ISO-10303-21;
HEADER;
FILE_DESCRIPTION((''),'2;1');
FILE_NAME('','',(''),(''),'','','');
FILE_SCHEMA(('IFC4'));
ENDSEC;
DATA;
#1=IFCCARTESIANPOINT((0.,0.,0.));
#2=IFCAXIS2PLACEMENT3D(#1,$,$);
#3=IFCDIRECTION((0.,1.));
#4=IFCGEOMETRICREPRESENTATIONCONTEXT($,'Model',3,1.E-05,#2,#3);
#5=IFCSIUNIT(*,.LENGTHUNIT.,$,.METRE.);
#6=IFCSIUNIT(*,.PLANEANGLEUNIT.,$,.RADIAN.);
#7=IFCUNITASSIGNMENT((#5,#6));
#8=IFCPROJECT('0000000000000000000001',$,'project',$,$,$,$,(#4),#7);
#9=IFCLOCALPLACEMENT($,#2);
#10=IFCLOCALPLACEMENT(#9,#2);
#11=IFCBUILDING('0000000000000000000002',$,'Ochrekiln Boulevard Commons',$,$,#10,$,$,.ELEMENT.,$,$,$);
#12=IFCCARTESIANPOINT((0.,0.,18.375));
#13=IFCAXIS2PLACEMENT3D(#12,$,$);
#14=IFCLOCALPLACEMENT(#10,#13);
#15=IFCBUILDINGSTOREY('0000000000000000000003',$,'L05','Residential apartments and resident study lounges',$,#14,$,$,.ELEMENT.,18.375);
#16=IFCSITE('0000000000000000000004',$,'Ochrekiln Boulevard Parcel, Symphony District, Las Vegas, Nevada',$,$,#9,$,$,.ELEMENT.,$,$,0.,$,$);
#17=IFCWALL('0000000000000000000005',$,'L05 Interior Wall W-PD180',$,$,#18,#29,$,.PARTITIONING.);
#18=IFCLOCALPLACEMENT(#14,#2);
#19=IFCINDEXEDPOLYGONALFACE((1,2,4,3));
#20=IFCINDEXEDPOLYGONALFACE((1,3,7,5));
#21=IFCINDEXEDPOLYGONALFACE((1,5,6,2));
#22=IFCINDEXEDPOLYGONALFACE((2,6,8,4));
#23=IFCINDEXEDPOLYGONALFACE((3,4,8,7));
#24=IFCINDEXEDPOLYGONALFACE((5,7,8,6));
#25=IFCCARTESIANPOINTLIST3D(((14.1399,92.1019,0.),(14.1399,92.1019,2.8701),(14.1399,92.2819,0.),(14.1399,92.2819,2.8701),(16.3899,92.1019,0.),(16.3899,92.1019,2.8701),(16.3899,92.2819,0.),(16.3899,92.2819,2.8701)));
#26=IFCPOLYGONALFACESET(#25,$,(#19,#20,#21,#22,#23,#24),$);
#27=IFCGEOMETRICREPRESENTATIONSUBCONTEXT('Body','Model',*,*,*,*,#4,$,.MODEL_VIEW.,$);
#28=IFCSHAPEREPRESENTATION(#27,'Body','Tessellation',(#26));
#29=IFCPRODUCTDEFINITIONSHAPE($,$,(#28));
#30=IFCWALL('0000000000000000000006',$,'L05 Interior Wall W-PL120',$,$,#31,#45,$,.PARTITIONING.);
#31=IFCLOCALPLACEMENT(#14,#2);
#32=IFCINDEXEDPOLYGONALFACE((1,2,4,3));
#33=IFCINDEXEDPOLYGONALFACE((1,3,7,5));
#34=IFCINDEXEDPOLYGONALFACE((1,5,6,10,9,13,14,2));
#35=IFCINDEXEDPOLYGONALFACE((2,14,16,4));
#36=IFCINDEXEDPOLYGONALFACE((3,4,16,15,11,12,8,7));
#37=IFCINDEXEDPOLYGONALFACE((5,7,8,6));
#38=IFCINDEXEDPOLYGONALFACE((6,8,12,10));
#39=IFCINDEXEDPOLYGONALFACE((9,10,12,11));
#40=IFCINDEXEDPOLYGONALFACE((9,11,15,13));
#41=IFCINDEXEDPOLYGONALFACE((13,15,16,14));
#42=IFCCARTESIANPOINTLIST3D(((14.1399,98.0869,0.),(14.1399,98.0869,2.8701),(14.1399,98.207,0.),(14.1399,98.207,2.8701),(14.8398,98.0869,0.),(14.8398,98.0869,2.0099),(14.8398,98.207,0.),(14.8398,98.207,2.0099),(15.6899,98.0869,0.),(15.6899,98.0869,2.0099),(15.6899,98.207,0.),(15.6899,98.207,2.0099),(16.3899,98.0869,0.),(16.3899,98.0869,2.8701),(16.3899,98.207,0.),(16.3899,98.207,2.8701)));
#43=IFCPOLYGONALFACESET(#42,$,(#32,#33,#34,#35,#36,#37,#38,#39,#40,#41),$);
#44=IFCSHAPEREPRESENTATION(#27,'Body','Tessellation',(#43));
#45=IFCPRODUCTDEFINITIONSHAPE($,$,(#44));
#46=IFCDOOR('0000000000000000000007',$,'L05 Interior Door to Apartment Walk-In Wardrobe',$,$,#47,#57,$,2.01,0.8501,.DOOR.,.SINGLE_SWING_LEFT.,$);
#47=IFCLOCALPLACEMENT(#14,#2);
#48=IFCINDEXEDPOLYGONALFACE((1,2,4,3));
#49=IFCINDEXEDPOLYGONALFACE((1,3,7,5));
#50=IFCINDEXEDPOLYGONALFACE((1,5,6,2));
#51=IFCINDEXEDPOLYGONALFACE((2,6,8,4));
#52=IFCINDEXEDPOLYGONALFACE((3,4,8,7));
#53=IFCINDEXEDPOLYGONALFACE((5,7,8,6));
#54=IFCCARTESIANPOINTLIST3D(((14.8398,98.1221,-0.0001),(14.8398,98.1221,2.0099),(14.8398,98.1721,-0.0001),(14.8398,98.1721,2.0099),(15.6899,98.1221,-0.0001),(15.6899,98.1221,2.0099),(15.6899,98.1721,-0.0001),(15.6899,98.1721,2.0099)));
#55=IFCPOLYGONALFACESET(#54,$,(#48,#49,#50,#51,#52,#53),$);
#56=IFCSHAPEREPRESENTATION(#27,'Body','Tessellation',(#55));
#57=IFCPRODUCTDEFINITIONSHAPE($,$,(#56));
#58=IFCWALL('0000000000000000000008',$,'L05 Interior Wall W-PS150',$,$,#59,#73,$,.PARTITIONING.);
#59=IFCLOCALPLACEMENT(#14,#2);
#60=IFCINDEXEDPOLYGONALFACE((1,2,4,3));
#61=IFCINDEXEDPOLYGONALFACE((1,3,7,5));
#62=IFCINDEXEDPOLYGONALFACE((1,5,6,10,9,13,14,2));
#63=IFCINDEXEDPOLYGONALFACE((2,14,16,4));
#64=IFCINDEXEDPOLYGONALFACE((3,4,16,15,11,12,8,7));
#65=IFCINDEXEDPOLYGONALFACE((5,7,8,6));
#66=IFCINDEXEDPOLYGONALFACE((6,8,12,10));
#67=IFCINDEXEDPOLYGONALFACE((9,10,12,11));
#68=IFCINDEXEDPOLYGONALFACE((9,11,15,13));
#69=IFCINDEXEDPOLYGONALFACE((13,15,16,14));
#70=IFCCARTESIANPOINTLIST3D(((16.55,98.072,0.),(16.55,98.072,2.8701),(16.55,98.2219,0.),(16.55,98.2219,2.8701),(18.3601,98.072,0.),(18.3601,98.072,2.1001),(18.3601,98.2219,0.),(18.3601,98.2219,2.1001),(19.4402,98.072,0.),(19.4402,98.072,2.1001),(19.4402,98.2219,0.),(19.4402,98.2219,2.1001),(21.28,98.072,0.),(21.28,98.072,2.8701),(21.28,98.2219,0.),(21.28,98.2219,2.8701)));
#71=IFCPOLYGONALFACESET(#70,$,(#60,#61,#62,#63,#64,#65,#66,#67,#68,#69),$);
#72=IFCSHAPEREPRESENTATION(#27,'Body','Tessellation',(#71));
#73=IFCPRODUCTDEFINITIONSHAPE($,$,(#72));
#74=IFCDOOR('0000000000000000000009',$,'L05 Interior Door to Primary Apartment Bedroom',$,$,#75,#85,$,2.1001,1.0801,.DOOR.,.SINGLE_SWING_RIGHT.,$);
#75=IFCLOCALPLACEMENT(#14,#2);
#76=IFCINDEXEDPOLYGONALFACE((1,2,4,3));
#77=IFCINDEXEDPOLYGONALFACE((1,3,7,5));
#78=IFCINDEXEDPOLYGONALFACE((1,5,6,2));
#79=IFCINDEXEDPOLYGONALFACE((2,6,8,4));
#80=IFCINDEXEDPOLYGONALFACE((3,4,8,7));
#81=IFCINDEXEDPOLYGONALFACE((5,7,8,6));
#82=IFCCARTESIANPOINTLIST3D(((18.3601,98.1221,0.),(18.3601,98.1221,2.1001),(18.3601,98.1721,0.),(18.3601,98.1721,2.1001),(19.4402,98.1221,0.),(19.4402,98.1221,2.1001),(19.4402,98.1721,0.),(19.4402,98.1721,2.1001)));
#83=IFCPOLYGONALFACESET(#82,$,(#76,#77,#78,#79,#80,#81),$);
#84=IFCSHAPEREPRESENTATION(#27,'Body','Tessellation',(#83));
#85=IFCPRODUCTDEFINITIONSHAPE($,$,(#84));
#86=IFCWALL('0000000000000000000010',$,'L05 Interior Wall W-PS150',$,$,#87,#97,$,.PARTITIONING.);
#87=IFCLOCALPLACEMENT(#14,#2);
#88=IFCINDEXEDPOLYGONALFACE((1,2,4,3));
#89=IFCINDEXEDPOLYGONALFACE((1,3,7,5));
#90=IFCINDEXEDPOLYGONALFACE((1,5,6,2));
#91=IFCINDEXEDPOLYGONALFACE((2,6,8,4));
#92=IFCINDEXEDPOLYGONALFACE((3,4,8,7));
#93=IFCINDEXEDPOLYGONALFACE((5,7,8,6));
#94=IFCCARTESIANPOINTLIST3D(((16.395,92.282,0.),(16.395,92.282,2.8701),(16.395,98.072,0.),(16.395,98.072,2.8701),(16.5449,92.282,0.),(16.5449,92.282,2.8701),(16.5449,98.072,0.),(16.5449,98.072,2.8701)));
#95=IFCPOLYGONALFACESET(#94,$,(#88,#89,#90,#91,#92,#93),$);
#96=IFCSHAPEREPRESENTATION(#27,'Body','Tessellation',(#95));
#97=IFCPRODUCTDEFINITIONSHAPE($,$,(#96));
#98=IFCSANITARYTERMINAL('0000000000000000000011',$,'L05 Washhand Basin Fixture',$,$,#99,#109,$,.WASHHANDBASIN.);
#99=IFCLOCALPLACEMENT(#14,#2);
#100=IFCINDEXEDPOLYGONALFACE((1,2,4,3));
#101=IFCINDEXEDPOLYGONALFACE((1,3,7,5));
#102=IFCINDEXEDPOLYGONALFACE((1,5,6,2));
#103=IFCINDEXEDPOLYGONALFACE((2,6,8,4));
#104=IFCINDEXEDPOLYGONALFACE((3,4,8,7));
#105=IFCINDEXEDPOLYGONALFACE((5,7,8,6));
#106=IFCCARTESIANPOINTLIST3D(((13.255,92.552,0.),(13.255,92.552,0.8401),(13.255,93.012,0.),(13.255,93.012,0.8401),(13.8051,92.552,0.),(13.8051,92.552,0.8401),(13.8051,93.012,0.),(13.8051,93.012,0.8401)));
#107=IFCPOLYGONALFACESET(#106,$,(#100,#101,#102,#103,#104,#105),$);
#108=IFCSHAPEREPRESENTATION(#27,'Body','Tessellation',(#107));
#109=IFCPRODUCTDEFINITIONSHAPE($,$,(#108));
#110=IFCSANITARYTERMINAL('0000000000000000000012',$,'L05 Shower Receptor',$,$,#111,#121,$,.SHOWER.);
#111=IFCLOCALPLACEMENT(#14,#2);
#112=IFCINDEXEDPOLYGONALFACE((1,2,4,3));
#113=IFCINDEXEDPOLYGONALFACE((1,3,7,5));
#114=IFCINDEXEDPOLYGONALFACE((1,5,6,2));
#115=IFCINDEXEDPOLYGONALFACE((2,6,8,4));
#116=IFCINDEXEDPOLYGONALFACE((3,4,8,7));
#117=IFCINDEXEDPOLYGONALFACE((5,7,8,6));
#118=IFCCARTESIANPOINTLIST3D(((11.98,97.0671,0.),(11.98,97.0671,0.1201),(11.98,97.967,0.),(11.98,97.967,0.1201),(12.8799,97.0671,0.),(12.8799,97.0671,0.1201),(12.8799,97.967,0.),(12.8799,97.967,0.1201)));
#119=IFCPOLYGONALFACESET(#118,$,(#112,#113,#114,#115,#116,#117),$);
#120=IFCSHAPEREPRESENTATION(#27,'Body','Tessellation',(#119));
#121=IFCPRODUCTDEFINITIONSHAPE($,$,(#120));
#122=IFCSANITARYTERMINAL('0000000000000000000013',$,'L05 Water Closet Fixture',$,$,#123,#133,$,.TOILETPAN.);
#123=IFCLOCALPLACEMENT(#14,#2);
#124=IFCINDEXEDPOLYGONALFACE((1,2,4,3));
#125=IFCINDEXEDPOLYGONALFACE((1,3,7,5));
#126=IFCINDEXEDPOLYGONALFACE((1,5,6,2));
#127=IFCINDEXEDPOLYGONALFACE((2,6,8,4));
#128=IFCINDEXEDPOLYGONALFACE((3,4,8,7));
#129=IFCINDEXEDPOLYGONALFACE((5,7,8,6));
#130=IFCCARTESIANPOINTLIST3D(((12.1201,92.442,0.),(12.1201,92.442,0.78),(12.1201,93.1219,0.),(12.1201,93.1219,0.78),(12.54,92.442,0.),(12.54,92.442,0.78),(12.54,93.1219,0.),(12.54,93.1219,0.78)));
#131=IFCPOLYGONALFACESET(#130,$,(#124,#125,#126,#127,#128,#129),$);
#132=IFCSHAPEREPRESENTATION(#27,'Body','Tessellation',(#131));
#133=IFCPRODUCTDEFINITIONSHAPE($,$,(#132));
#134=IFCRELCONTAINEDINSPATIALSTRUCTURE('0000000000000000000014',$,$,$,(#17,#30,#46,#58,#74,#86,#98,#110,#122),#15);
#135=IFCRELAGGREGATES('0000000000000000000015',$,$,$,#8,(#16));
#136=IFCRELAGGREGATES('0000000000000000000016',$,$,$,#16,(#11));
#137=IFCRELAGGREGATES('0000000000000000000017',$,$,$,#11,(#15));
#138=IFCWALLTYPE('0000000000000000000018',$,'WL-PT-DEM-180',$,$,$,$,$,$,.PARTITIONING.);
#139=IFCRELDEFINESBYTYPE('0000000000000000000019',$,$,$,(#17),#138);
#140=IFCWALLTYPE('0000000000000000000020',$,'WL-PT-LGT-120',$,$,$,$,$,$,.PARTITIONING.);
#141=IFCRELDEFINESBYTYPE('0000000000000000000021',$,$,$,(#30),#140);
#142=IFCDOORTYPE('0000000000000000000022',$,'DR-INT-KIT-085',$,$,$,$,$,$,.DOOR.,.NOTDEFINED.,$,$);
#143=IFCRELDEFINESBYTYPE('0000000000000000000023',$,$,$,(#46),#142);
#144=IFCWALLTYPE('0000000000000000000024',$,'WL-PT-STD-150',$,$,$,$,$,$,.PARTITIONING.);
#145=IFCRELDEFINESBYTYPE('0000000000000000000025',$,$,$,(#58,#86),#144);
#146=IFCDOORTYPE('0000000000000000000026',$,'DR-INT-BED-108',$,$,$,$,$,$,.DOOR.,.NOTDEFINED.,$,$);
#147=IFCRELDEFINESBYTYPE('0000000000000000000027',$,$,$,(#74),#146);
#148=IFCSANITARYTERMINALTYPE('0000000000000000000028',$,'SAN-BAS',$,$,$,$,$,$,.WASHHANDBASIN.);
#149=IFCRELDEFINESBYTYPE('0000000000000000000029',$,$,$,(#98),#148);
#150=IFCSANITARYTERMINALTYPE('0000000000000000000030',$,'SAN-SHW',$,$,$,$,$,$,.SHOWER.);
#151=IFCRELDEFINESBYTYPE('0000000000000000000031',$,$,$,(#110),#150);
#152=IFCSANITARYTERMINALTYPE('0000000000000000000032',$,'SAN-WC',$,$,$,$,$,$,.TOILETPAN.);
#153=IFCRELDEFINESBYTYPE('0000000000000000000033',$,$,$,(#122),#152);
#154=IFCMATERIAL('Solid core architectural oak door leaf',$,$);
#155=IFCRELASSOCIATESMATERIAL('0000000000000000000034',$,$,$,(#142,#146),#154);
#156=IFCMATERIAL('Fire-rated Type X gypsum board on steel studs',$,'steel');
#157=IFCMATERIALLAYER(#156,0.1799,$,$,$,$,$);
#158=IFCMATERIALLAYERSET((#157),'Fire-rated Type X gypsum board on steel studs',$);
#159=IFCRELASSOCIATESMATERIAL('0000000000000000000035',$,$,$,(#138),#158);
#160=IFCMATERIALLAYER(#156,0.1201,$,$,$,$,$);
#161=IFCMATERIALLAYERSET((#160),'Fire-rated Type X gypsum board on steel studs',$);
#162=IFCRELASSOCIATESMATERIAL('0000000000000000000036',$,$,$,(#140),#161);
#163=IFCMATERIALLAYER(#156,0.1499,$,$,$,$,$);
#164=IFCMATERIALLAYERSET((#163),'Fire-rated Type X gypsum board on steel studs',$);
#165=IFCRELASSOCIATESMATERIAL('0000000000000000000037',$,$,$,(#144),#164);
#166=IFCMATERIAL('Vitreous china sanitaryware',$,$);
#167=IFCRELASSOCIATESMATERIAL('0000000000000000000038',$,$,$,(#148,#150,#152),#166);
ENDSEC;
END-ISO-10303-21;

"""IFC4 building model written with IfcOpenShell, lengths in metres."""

from ifc_helpers import new_model, si_unit, direction, frame, frame_2d, origin, origin_2d, place, context, subcontext, project, spatial, rectangle, extrude, material, layer, layer_set, type_object, element, fill, save


model = new_model("IFC4")

# Units and contexts
model_context = context("Model", 3, precision=1e-05, world=origin(), true_north=direction((0.0, 1.0)))
body_context = subcontext(model_context, "Body", "Model", "MODEL_VIEW")
ifc_project = project(units=[si_unit("LENGTHUNIT", "METRE"), si_unit("PLANEANGLEUNIT", "RADIAN")], contexts=[model_context])

# Site, building, storey
site_placement = place(None, origin())
site = spatial("IfcSite", under=ifc_project, at=site_placement, Name="Ochrekiln Boulevard Parcel, Symphony District, Las Vegas, Nevada", CompositionType="ELEMENT", RefElevation=0.0)
building_placement = place(site_placement, origin())
building = spatial("IfcBuilding", under=site, at=building_placement, Name="Ochrekiln Boulevard Commons", CompositionType="ELEMENT")
storey_placement = place(building_placement, frame((0.0, 0.0, 18.375)))
storey = spatial("IfcBuildingStorey", under=building, at=storey_placement, Name="L05", Description="Residential apartments and resident study lounges", CompositionType="ELEMENT", Elevation=18.375)

# Shared definitions
ifc_material_1 = material(Name="Solid core architectural oak door leaf")
door_type_1 = type_object("IfcDoorType", Name="DR-INT-KIT-085", OperationType="NOTDEFINED", PredefinedType="DOOR", material=ifc_material_1)

# Shared definitions
ifc_material_2 = material(Name="Fire-rated Type X gypsum board on steel studs", Category="steel")

# Wall
ifc_layer_1 = layer(ifc_material_2, 0.1799)
ifc_layer_set_1 = layer_set([ifc_layer_1], Name="Fire-rated Type X gypsum board on steel studs")
wall_type_1 = type_object("IfcWallType", Name="WL-PT-DEM-180", PredefinedType="PARTITIONING", material=ifc_layer_set_1)
wall_1_placement = place(storey_placement, frame((14.1399, 92.1919, 0.0), z_axis=(0.0, 0.0, 1.0), x_axis=(1.0, 0.0, 0.0)))
element("IfcWall", 1, at=wall_1_placement, inside=storey, type_object=wall_type_1, Name="L05 Interior Wall W-PD180", PredefinedType="PARTITIONING", context=body_context, shape_type="SweptSolid", body=[
    extrude(rectangle(XDim=2.25, YDim=0.1799, at=frame_2d((1.125, 0.0))), origin(), (0.0, 0.0, 1.0), 2.8701),
])

# Walls, openings, doors
ifc_layer_2 = layer(ifc_material_2, 0.1201)
ifc_layer_set_2 = layer_set([ifc_layer_2], Name="Fire-rated Type X gypsum board on steel studs")
wall_type_2 = type_object("IfcWallType", Name="WL-PT-LGT-120", PredefinedType="PARTITIONING", material=ifc_layer_set_2)
wall_2_placement = place(storey_placement, frame((14.1399, 98.147, 0.0), z_axis=(0.0, 0.0, 1.0), x_axis=(1.0, 0.0, 0.0)))
wall_2 = element("IfcWall", 2, at=wall_2_placement, inside=storey, type_object=wall_type_2, Name="L05 Interior Wall W-PL120", PredefinedType="PARTITIONING", context=body_context, shape_type="SweptSolid", body=[
    extrude(rectangle(XDim=2.25, YDim=0.1201, at=frame_2d((1.125, 0.0))), origin(), (0.0, 0.0, 1.0), 2.8701),
])
opening_1_placement = place(wall_2_placement, frame((0.7, 0.0, 0.0)))
opening_1 = element("IfcOpeningElement", 3, at=opening_1_placement, cuts=wall_2, PredefinedType="OPENING", context=body_context, shape_type="SweptSolid", body=[
    extrude(rectangle(XDim=0.8501, YDim=2.01, at=frame_2d((0.425, 1.0049))), frame((0.0, 0.0701, 0.0), z_axis=(0.0, -1.0, 0.0), x_axis=(1.0, 0.0, 0.0)), (0.0, 0.0, 1.0), 0.1401),
])
door_1_placement = place(opening_1_placement, frame((0.8501, 0.0, 0.0), z_axis=(0.0, 0.0, 1.0), x_axis=(-1.0, 0.0, 0.0)))
door_1 = element("IfcDoor", 4, at=door_1_placement, inside=storey, type_object=door_type_1, Name="L05 Interior Door to Apartment Walk-In Wardrobe", OperationType="SINGLE_SWING_LEFT", OverallHeight=2.01, OverallWidth=0.8501, PredefinedType="DOOR", context=body_context, shape_type="SweptSolid", body=[
    extrude(rectangle(XDim=0.8501, YDim=2.01, at=frame_2d((0.425, 1.0049))), frame((0.0, 0.0249, 0.0), z_axis=(0.0, -1.0, 0.0), x_axis=(1.0, 0.0, 0.0)), (0.0, 0.0, 1.0), 0.05),
])
fill(opening_1, door_1)
ifc_layer_3 = layer(ifc_material_2, 0.1499)
ifc_layer_set_3 = layer_set([ifc_layer_3], Name="Fire-rated Type X gypsum board on steel studs")
wall_type_3 = type_object("IfcWallType", Name="WL-PT-STD-150", PredefinedType="PARTITIONING", material=ifc_layer_set_3)
wall_3_placement = place(storey_placement, frame((16.55, 98.147, 0.0), z_axis=(0.0, 0.0, 1.0), x_axis=(1.0, 0.0, 0.0)))
wall_3 = element("IfcWall", 5, at=wall_3_placement, inside=storey, type_object=wall_type_3, Name="L05 Interior Wall W-PS150", PredefinedType="PARTITIONING", context=body_context, shape_type="SweptSolid", body=[
    extrude(rectangle(XDim=4.73, YDim=0.1499, at=frame_2d((2.365, 0.0))), origin(), (0.0, 0.0, 1.0), 2.8701),
])
opening_2_placement = place(wall_3_placement, frame((1.8101, 0.0, 0.0)))
opening_2 = element("IfcOpeningElement", 6, at=opening_2_placement, cuts=wall_3, PredefinedType="OPENING", context=body_context, shape_type="SweptSolid", body=[
    extrude(rectangle(XDim=1.0801, YDim=2.1001, at=frame_2d((0.54, 1.05))), frame((0.0, 0.085, 0.0), z_axis=(0.0, -1.0, 0.0), x_axis=(1.0, 0.0, 0.0)), (0.0, 0.0, 1.0), 0.1699),
])
door_type_2 = type_object("IfcDoorType", Name="DR-INT-BED-108", OperationType="NOTDEFINED", PredefinedType="DOOR", material=ifc_material_1)
door_2_placement = place(opening_2_placement, frame((1.0801, 0.0, 0.0), z_axis=(0.0, 0.0, 1.0), x_axis=(-1.0, 0.0, 0.0)))
door_2 = element("IfcDoor", 7, at=door_2_placement, inside=storey, type_object=door_type_2, Name="L05 Interior Door to Primary Apartment Bedroom", OperationType="SINGLE_SWING_RIGHT", OverallHeight=2.1001, OverallWidth=1.0801, PredefinedType="DOOR", context=body_context, shape_type="SweptSolid", body=[
    extrude(rectangle(XDim=1.0801, YDim=2.1001, at=frame_2d((0.54, 1.05))), frame((0.0, 0.0249, 0.0), z_axis=(0.0, -1.0, 0.0), x_axis=(1.0, 0.0, 0.0)), (0.0, 0.0, 1.0), 0.05),
])
fill(opening_2, door_2)

# Wall
wall_4_placement = place(storey_placement, frame((16.47, 92.282, 0.0), z_axis=(0.0, 0.0, 1.0), x_axis=(0.0, 1.0, 0.0)))
element("IfcWall", 8, at=wall_4_placement, inside=storey, type_object=wall_type_3, Name="L05 Interior Wall W-PS150", PredefinedType="PARTITIONING", context=body_context, shape_type="SweptSolid", body=[
    extrude(rectangle(XDim=5.79, YDim=0.1499, at=frame_2d((2.895, 0.0))), origin(), (0.0, 0.0, 1.0), 2.8701),
])

# Sanitary terminals
ifc_material_3 = material(Name="Vitreous china sanitaryware")
sanitary_terminal_type_1 = type_object("IfcSanitaryTerminalType", Name="SAN-BAS", PredefinedType="WASHHANDBASIN", material=ifc_material_3)
sanitary_terminal_1_placement = place(storey_placement, frame((13.53, 92.782, 0.0), z_axis=(0.0, 0.0, 1.0), x_axis=(1.0, 0.0, 0.0)))
element("IfcSanitaryTerminal", 9, at=sanitary_terminal_1_placement, inside=storey, type_object=sanitary_terminal_type_1, Name="L05 Washhand Basin Fixture", PredefinedType="WASHHANDBASIN", context=body_context, shape_type="SweptSolid", body=[
    extrude(rectangle(XDim=0.55, YDim=0.46, at=origin_2d()), origin(), (0.0, 0.0, 1.0), 0.8401),
])
sanitary_terminal_type_2 = type_object("IfcSanitaryTerminalType", Name="SAN-SHW", PredefinedType="SHOWER", material=ifc_material_3)
sanitary_terminal_2_placement = place(storey_placement, frame((12.4299, 97.5171, 0.0), z_axis=(0.0, 0.0, 1.0), x_axis=(1.0, 0.0, 0.0)))
element("IfcSanitaryTerminal", 10, at=sanitary_terminal_2_placement, inside=storey, type_object=sanitary_terminal_type_2, Name="L05 Shower Receptor", PredefinedType="SHOWER", context=body_context, shape_type="SweptSolid", body=[
    extrude(rectangle(XDim=0.8999, YDim=0.8999, at=origin_2d()), origin(), (0.0, 0.0, 1.0), 0.1201),
])
sanitary_terminal_type_3 = type_object("IfcSanitaryTerminalType", Name="SAN-WC", PredefinedType="TOILETPAN", material=ifc_material_3)
sanitary_terminal_3_placement = place(storey_placement, frame((12.3301, 92.782, 0.0), z_axis=(0.0, 0.0, 1.0), x_axis=(1.0, 0.0, 0.0)))
element("IfcSanitaryTerminal", 11, at=sanitary_terminal_3_placement, inside=storey, type_object=sanitary_terminal_type_3, Name="L05 Water Closet Fixture", PredefinedType="TOILETPAN", context=body_context, shape_type="SweptSolid", body=[
    extrude(rectangle(XDim=0.4199, YDim=0.6799, at=origin_2d()), origin(), (0.0, 0.0, 1.0), 0.78),
])

save(model, "model.ifc")
